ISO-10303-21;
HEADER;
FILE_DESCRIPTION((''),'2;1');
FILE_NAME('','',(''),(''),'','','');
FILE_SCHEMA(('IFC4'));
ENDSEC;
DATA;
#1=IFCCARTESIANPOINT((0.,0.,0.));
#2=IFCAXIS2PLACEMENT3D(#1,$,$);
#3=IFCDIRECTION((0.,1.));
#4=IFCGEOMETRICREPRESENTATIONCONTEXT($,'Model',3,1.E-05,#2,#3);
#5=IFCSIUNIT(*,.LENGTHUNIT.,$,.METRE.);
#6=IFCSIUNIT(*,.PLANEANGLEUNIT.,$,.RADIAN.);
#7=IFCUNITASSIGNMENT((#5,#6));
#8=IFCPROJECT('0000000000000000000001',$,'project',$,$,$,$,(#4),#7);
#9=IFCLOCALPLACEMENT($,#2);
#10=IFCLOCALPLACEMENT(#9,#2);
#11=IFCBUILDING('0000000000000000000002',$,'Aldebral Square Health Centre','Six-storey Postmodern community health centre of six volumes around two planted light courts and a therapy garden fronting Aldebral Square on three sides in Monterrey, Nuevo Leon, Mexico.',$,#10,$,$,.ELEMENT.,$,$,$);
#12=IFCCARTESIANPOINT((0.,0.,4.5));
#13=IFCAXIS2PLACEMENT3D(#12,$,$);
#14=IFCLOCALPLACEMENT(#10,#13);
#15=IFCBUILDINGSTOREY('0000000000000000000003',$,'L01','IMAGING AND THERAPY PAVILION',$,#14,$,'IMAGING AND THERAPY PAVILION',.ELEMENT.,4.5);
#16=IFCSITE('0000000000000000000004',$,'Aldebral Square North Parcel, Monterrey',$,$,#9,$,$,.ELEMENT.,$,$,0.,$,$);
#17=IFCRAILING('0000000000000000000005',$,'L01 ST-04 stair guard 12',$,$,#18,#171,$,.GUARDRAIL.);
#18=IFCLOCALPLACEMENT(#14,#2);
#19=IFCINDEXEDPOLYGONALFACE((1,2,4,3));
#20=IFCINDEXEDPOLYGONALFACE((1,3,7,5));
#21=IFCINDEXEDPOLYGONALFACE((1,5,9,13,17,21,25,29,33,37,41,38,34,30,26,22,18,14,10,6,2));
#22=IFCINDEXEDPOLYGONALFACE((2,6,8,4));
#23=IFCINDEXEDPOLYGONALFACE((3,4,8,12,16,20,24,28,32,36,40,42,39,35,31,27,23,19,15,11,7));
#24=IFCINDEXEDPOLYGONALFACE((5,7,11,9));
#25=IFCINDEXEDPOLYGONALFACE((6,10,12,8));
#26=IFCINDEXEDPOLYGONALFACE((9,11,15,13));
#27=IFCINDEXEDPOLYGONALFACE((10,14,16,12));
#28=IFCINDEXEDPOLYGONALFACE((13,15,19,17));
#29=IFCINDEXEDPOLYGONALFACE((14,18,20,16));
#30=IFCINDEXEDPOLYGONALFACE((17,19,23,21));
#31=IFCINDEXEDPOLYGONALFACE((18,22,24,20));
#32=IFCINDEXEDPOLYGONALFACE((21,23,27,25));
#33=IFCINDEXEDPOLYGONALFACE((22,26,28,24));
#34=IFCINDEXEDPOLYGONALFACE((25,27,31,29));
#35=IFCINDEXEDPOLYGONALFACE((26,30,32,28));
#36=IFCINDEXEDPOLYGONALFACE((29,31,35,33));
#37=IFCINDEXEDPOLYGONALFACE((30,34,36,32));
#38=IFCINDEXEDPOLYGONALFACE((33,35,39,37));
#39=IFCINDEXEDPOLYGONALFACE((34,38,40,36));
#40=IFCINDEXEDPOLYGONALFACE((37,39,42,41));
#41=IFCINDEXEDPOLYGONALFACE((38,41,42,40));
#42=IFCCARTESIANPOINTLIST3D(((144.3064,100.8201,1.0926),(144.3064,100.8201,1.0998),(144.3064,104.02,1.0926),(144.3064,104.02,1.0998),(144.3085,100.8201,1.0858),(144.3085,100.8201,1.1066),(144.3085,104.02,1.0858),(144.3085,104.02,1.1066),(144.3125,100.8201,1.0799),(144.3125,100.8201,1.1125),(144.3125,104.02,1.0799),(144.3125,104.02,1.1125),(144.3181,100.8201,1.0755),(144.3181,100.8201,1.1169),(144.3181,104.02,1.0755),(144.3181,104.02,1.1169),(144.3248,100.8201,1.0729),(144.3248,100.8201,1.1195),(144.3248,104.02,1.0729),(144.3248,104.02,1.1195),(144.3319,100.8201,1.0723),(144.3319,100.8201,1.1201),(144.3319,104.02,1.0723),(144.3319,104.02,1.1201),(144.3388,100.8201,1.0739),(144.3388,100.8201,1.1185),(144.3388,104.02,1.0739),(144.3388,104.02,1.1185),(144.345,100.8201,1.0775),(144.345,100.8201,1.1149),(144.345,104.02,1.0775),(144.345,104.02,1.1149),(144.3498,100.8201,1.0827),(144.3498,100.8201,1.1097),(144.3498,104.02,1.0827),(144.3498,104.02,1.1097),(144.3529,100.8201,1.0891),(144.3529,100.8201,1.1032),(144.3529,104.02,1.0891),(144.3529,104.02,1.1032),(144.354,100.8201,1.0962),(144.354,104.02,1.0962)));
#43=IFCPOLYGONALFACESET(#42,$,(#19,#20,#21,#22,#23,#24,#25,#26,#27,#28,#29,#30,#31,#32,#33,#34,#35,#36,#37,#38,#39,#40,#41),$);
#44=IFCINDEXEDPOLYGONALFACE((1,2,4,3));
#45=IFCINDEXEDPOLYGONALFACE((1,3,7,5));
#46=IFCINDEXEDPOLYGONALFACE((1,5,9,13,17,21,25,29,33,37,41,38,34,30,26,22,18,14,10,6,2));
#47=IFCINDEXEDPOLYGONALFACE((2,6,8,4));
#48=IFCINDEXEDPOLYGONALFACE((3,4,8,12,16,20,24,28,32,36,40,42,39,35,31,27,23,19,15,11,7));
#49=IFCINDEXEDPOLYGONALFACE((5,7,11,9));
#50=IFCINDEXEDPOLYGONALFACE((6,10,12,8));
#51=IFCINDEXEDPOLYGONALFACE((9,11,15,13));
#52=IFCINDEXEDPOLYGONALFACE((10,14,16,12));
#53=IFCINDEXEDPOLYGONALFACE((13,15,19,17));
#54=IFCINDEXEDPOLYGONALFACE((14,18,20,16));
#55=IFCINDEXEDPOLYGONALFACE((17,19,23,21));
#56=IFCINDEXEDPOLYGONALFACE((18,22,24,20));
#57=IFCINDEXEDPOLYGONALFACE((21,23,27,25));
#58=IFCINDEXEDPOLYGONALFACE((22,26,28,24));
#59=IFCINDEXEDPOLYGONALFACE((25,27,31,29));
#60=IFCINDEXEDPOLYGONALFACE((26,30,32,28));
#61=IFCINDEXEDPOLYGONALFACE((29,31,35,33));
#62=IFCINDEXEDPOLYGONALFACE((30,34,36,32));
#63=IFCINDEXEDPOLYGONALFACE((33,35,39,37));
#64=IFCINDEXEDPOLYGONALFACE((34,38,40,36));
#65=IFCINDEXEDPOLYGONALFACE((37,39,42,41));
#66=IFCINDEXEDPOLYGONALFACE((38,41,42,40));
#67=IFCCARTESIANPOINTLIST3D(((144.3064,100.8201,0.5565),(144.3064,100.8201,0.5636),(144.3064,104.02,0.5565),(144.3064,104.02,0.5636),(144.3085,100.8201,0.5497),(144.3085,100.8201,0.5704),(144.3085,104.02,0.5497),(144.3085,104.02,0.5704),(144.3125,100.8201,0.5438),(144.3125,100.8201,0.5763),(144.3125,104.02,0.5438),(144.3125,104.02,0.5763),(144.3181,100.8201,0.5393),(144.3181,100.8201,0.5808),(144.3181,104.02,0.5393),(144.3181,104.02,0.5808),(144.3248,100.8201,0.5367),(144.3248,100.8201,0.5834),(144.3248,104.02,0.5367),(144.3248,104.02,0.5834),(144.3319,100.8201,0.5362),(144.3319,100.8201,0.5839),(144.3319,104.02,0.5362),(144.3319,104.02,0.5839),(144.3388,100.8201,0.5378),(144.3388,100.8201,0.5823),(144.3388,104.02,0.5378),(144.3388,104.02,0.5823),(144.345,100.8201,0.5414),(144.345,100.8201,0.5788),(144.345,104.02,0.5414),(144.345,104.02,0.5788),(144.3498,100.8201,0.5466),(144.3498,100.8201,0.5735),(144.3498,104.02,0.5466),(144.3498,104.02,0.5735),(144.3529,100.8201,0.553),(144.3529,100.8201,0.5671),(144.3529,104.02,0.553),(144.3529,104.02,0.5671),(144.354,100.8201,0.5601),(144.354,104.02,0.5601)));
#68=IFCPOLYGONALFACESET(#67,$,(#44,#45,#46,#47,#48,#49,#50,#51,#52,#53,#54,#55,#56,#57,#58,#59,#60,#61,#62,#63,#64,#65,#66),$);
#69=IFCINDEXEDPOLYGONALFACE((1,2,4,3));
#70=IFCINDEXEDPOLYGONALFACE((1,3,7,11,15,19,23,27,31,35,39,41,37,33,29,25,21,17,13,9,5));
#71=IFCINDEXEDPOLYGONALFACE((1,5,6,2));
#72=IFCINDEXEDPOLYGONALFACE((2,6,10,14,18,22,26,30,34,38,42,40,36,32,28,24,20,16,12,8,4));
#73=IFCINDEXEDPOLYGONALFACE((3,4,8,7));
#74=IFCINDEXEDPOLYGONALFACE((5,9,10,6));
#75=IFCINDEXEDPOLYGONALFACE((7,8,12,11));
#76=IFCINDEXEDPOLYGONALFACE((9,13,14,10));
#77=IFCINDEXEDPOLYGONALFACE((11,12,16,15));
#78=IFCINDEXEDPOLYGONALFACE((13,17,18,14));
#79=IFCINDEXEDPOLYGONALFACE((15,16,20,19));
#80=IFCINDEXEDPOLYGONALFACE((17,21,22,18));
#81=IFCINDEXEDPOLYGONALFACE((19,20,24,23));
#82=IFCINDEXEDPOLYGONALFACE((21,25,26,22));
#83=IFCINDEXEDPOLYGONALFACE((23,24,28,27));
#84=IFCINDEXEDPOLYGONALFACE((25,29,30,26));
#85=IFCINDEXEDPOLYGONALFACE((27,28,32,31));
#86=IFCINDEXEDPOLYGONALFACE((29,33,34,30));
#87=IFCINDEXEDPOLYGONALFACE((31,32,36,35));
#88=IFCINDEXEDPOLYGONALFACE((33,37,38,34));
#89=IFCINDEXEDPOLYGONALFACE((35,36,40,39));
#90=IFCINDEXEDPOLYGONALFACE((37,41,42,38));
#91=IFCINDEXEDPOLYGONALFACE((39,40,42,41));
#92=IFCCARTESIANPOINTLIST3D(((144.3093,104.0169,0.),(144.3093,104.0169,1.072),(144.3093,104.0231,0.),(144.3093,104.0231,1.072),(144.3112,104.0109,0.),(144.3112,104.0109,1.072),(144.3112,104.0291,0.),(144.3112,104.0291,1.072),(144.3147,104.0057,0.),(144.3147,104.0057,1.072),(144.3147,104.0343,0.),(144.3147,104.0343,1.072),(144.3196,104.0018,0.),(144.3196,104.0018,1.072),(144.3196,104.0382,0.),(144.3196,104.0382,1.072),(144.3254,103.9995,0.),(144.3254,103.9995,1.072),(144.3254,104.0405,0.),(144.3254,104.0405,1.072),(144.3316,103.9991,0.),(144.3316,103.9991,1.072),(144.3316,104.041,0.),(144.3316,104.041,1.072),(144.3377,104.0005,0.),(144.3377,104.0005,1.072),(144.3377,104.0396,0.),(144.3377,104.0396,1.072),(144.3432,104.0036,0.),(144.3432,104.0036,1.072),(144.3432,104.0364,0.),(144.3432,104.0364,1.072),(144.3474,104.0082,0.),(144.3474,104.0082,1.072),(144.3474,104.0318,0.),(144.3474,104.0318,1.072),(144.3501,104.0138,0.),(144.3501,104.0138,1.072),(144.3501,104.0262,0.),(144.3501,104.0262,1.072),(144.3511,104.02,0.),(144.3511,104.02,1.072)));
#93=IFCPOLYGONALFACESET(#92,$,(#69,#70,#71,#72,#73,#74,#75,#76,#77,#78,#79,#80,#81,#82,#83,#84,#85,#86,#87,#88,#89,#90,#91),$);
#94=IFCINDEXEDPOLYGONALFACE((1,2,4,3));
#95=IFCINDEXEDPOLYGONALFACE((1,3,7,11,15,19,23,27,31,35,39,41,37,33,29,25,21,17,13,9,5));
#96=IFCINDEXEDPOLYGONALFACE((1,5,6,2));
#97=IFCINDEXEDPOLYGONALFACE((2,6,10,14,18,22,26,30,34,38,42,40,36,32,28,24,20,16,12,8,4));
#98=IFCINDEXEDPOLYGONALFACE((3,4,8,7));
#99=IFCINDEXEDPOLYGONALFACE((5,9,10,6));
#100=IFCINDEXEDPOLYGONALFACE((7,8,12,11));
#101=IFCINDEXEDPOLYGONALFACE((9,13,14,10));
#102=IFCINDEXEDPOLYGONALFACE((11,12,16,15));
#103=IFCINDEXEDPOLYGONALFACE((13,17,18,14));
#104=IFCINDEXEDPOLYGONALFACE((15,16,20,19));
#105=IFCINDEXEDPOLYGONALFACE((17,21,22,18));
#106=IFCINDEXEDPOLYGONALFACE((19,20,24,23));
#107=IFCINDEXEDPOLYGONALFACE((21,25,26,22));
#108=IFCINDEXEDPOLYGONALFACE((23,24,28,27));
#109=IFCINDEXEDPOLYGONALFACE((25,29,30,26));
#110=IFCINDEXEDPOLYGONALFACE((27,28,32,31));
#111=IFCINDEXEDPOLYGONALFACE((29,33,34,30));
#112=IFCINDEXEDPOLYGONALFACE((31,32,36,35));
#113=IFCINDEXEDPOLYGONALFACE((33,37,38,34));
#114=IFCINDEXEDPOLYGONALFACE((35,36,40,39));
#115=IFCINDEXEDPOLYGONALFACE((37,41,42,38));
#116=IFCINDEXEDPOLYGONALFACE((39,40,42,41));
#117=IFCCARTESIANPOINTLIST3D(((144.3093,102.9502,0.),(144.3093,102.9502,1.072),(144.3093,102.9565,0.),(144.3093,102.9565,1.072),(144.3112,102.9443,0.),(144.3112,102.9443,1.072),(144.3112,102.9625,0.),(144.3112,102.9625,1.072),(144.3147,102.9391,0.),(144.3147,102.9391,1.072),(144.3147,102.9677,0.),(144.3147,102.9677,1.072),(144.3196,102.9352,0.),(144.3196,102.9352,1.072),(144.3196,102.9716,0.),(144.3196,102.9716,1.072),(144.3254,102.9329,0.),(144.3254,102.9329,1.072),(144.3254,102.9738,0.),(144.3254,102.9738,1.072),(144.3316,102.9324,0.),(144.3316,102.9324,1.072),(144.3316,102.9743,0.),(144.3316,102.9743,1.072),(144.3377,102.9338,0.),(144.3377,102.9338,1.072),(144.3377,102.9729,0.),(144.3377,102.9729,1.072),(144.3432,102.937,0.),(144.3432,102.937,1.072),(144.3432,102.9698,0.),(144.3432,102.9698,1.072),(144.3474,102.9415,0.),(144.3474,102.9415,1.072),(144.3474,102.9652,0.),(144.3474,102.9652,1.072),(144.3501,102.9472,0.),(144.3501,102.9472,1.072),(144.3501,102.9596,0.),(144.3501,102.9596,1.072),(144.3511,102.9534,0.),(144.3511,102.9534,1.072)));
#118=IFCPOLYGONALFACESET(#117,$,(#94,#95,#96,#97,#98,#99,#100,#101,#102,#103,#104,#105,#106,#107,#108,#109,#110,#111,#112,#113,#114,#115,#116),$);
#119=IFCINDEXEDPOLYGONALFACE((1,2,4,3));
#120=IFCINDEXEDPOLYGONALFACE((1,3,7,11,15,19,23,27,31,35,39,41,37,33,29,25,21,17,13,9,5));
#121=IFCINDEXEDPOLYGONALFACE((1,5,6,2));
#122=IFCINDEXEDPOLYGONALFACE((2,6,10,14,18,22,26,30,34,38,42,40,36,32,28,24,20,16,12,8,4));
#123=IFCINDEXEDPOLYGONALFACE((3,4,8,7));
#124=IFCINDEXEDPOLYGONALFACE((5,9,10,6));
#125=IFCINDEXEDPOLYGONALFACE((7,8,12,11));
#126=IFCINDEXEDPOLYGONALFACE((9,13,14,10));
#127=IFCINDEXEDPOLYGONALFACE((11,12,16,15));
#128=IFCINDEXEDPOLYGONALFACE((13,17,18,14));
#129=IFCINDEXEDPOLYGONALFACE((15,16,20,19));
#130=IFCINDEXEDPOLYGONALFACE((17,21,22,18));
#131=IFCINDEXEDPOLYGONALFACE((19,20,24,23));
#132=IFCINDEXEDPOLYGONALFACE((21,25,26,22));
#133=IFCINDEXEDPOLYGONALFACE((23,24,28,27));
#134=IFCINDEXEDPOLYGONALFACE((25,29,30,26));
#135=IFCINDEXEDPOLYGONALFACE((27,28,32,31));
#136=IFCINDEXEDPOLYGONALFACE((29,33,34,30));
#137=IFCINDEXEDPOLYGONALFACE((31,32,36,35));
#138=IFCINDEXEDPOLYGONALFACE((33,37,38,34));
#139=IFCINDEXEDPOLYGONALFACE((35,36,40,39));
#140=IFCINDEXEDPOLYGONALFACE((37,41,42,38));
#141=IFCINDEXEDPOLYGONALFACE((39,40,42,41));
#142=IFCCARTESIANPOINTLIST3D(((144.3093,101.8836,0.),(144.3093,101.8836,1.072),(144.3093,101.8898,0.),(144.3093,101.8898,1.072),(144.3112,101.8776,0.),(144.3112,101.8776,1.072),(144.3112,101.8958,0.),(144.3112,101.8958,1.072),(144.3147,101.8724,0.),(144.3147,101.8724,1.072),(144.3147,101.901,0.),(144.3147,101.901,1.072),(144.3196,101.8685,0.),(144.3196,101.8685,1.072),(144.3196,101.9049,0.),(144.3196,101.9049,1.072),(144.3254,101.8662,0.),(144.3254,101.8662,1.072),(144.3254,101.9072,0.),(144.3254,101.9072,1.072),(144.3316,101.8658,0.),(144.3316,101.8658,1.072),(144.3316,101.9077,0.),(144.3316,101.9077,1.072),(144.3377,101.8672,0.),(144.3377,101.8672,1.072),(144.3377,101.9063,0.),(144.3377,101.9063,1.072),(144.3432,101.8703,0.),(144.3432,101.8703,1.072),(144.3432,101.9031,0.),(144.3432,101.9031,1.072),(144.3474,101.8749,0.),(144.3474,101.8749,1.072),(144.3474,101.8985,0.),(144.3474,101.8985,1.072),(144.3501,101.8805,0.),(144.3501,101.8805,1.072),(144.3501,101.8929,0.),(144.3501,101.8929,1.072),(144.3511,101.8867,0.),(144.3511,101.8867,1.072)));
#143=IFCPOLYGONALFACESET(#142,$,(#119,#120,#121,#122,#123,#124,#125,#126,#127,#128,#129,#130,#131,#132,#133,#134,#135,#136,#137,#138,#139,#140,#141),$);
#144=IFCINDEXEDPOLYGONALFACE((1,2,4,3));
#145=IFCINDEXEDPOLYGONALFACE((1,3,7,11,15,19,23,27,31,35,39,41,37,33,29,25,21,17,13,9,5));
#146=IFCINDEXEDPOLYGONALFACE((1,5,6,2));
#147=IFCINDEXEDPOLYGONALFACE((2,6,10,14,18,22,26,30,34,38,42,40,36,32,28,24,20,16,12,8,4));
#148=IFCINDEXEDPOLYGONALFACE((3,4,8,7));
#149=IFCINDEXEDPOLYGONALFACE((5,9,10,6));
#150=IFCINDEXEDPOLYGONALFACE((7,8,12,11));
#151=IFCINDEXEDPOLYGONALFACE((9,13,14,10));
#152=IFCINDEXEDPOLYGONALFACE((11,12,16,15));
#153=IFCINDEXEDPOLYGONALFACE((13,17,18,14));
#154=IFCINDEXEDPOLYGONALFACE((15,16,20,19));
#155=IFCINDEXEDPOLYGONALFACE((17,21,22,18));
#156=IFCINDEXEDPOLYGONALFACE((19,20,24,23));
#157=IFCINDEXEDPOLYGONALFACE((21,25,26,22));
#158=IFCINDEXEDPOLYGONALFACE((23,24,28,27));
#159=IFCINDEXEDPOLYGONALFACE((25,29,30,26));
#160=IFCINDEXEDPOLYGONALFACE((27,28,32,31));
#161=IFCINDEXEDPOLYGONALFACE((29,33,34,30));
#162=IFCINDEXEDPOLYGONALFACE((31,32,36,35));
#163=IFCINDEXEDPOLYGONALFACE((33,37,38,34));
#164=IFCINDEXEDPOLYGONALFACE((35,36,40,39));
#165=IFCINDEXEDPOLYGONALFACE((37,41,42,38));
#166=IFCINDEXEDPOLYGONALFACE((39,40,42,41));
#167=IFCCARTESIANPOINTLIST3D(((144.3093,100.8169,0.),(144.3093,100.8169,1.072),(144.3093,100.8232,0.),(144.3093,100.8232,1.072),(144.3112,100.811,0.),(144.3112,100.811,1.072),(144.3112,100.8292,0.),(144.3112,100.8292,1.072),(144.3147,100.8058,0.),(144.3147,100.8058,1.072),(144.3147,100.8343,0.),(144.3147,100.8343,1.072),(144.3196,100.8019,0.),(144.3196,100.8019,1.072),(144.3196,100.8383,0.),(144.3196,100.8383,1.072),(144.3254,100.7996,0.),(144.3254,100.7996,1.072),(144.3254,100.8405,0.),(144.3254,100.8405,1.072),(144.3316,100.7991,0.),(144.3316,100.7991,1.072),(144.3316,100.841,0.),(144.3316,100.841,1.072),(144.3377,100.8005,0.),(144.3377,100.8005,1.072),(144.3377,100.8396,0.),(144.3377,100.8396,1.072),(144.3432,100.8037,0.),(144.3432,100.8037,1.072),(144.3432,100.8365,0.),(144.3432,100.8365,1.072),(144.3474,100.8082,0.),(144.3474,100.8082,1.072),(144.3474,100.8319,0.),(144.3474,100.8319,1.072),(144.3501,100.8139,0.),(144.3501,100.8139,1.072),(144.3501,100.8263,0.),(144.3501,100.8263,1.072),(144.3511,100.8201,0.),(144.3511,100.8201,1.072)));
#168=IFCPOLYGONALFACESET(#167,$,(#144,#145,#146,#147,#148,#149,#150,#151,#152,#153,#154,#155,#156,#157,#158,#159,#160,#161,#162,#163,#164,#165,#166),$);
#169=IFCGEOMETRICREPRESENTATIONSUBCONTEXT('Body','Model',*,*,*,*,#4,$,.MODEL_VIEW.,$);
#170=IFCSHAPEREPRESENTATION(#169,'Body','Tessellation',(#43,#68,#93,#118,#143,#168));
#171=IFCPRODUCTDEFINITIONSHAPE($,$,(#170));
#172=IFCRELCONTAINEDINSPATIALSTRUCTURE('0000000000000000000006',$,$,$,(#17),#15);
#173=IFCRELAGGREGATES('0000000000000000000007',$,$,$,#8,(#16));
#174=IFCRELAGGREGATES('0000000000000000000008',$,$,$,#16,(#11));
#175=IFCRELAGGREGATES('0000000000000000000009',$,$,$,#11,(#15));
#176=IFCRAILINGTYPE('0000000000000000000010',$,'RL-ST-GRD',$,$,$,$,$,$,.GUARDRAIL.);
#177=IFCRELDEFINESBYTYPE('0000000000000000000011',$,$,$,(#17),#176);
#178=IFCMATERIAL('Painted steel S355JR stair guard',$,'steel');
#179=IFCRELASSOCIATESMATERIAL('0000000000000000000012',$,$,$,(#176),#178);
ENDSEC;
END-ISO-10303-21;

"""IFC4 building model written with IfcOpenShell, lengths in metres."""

from ifc_helpers import new_model, si_unit, direction, frame, origin, origin_2d, place, context, subcontext, project, spatial, circle, extrude, material, type_object, element, save


model = new_model("IFC4")

# Units and contexts
model_context = context("Model", 3, precision=1e-05, world=origin(), true_north=direction((0.0, 1.0)))
body_context = subcontext(model_context, "Body", "Model", "MODEL_VIEW")
ifc_project = project(units=[si_unit("LENGTHUNIT", "METRE"), si_unit("PLANEANGLEUNIT", "RADIAN")], contexts=[model_context])

# Site, building, storey
site_placement = place(None, origin())
site = spatial("IfcSite", under=ifc_project, at=site_placement, Name="Aldebral Square North Parcel, Monterrey", CompositionType="ELEMENT", RefElevation=0.0)
building_placement = place(site_placement, origin())
building = spatial("IfcBuilding", under=site, at=building_placement, Name="Aldebral Square Health Centre", Description="Six-storey Postmodern community health centre of six volumes around two planted light courts and a therapy garden fronting Aldebral Square on three sides in Monterrey, Nuevo Leon, Mexico.", CompositionType="ELEMENT")
storey_placement = place(building_placement, frame((0.0, 0.0, 4.5)))
storey = spatial("IfcBuildingStorey", under=building, at=storey_placement, Name="L01", Description="IMAGING AND THERAPY PAVILION", LongName="IMAGING AND THERAPY PAVILION", CompositionType="ELEMENT", Elevation=4.5)

# Railing
ifc_material_1 = material(Name="Painted steel S355JR stair guard", Category="steel")
railing_type = type_object("IfcRailingType", Name="RL-ST-GRD", PredefinedType="GUARDRAIL", material=ifc_material_1)
railing_1_placement = place(storey_placement, frame((144.3301, 104.02, 0.0)))
element("IfcRailing", 1, at=railing_1_placement, inside=storey, type_object=railing_type, Name="L01 ST-04 stair guard 12", PredefinedType="GUARDRAIL", context=body_context, shape_type="SweptSolid", body=[
    extrude(circle(Radius=0.0239, at=origin_2d()), frame((0.0, 0.0, 1.0962), z_axis=(0.0, -1.0, 0.0), x_axis=(1.0, 0.0, 0.0)), (0.0, 0.0, 1.0), 3.2),
    extrude(circle(Radius=0.0239, at=origin_2d()), frame((0.0, 0.0, 0.5601), z_axis=(0.0, -1.0, 0.0), x_axis=(1.0, 0.0, 0.0)), (0.0, 0.0, 1.0), 3.2),
    extrude(circle(Radius=0.021, at=origin_2d()), origin(), (0.0, 0.0, 1.0), 1.072),
    extrude(circle(Radius=0.021, at=origin_2d()), frame((0.0, -1.0667, 0.0)), (0.0, 0.0, 1.0), 1.072),
    extrude(circle(Radius=0.021, at=origin_2d()), frame((0.0, -2.1333, 0.0)), (0.0, 0.0, 1.0), 1.072),
    extrude(circle(Radius=0.021, at=origin_2d()), frame((0.0, -3.2, 0.0)), (0.0, 0.0, 1.0), 1.072),
])

save(model, "model.ifc")
